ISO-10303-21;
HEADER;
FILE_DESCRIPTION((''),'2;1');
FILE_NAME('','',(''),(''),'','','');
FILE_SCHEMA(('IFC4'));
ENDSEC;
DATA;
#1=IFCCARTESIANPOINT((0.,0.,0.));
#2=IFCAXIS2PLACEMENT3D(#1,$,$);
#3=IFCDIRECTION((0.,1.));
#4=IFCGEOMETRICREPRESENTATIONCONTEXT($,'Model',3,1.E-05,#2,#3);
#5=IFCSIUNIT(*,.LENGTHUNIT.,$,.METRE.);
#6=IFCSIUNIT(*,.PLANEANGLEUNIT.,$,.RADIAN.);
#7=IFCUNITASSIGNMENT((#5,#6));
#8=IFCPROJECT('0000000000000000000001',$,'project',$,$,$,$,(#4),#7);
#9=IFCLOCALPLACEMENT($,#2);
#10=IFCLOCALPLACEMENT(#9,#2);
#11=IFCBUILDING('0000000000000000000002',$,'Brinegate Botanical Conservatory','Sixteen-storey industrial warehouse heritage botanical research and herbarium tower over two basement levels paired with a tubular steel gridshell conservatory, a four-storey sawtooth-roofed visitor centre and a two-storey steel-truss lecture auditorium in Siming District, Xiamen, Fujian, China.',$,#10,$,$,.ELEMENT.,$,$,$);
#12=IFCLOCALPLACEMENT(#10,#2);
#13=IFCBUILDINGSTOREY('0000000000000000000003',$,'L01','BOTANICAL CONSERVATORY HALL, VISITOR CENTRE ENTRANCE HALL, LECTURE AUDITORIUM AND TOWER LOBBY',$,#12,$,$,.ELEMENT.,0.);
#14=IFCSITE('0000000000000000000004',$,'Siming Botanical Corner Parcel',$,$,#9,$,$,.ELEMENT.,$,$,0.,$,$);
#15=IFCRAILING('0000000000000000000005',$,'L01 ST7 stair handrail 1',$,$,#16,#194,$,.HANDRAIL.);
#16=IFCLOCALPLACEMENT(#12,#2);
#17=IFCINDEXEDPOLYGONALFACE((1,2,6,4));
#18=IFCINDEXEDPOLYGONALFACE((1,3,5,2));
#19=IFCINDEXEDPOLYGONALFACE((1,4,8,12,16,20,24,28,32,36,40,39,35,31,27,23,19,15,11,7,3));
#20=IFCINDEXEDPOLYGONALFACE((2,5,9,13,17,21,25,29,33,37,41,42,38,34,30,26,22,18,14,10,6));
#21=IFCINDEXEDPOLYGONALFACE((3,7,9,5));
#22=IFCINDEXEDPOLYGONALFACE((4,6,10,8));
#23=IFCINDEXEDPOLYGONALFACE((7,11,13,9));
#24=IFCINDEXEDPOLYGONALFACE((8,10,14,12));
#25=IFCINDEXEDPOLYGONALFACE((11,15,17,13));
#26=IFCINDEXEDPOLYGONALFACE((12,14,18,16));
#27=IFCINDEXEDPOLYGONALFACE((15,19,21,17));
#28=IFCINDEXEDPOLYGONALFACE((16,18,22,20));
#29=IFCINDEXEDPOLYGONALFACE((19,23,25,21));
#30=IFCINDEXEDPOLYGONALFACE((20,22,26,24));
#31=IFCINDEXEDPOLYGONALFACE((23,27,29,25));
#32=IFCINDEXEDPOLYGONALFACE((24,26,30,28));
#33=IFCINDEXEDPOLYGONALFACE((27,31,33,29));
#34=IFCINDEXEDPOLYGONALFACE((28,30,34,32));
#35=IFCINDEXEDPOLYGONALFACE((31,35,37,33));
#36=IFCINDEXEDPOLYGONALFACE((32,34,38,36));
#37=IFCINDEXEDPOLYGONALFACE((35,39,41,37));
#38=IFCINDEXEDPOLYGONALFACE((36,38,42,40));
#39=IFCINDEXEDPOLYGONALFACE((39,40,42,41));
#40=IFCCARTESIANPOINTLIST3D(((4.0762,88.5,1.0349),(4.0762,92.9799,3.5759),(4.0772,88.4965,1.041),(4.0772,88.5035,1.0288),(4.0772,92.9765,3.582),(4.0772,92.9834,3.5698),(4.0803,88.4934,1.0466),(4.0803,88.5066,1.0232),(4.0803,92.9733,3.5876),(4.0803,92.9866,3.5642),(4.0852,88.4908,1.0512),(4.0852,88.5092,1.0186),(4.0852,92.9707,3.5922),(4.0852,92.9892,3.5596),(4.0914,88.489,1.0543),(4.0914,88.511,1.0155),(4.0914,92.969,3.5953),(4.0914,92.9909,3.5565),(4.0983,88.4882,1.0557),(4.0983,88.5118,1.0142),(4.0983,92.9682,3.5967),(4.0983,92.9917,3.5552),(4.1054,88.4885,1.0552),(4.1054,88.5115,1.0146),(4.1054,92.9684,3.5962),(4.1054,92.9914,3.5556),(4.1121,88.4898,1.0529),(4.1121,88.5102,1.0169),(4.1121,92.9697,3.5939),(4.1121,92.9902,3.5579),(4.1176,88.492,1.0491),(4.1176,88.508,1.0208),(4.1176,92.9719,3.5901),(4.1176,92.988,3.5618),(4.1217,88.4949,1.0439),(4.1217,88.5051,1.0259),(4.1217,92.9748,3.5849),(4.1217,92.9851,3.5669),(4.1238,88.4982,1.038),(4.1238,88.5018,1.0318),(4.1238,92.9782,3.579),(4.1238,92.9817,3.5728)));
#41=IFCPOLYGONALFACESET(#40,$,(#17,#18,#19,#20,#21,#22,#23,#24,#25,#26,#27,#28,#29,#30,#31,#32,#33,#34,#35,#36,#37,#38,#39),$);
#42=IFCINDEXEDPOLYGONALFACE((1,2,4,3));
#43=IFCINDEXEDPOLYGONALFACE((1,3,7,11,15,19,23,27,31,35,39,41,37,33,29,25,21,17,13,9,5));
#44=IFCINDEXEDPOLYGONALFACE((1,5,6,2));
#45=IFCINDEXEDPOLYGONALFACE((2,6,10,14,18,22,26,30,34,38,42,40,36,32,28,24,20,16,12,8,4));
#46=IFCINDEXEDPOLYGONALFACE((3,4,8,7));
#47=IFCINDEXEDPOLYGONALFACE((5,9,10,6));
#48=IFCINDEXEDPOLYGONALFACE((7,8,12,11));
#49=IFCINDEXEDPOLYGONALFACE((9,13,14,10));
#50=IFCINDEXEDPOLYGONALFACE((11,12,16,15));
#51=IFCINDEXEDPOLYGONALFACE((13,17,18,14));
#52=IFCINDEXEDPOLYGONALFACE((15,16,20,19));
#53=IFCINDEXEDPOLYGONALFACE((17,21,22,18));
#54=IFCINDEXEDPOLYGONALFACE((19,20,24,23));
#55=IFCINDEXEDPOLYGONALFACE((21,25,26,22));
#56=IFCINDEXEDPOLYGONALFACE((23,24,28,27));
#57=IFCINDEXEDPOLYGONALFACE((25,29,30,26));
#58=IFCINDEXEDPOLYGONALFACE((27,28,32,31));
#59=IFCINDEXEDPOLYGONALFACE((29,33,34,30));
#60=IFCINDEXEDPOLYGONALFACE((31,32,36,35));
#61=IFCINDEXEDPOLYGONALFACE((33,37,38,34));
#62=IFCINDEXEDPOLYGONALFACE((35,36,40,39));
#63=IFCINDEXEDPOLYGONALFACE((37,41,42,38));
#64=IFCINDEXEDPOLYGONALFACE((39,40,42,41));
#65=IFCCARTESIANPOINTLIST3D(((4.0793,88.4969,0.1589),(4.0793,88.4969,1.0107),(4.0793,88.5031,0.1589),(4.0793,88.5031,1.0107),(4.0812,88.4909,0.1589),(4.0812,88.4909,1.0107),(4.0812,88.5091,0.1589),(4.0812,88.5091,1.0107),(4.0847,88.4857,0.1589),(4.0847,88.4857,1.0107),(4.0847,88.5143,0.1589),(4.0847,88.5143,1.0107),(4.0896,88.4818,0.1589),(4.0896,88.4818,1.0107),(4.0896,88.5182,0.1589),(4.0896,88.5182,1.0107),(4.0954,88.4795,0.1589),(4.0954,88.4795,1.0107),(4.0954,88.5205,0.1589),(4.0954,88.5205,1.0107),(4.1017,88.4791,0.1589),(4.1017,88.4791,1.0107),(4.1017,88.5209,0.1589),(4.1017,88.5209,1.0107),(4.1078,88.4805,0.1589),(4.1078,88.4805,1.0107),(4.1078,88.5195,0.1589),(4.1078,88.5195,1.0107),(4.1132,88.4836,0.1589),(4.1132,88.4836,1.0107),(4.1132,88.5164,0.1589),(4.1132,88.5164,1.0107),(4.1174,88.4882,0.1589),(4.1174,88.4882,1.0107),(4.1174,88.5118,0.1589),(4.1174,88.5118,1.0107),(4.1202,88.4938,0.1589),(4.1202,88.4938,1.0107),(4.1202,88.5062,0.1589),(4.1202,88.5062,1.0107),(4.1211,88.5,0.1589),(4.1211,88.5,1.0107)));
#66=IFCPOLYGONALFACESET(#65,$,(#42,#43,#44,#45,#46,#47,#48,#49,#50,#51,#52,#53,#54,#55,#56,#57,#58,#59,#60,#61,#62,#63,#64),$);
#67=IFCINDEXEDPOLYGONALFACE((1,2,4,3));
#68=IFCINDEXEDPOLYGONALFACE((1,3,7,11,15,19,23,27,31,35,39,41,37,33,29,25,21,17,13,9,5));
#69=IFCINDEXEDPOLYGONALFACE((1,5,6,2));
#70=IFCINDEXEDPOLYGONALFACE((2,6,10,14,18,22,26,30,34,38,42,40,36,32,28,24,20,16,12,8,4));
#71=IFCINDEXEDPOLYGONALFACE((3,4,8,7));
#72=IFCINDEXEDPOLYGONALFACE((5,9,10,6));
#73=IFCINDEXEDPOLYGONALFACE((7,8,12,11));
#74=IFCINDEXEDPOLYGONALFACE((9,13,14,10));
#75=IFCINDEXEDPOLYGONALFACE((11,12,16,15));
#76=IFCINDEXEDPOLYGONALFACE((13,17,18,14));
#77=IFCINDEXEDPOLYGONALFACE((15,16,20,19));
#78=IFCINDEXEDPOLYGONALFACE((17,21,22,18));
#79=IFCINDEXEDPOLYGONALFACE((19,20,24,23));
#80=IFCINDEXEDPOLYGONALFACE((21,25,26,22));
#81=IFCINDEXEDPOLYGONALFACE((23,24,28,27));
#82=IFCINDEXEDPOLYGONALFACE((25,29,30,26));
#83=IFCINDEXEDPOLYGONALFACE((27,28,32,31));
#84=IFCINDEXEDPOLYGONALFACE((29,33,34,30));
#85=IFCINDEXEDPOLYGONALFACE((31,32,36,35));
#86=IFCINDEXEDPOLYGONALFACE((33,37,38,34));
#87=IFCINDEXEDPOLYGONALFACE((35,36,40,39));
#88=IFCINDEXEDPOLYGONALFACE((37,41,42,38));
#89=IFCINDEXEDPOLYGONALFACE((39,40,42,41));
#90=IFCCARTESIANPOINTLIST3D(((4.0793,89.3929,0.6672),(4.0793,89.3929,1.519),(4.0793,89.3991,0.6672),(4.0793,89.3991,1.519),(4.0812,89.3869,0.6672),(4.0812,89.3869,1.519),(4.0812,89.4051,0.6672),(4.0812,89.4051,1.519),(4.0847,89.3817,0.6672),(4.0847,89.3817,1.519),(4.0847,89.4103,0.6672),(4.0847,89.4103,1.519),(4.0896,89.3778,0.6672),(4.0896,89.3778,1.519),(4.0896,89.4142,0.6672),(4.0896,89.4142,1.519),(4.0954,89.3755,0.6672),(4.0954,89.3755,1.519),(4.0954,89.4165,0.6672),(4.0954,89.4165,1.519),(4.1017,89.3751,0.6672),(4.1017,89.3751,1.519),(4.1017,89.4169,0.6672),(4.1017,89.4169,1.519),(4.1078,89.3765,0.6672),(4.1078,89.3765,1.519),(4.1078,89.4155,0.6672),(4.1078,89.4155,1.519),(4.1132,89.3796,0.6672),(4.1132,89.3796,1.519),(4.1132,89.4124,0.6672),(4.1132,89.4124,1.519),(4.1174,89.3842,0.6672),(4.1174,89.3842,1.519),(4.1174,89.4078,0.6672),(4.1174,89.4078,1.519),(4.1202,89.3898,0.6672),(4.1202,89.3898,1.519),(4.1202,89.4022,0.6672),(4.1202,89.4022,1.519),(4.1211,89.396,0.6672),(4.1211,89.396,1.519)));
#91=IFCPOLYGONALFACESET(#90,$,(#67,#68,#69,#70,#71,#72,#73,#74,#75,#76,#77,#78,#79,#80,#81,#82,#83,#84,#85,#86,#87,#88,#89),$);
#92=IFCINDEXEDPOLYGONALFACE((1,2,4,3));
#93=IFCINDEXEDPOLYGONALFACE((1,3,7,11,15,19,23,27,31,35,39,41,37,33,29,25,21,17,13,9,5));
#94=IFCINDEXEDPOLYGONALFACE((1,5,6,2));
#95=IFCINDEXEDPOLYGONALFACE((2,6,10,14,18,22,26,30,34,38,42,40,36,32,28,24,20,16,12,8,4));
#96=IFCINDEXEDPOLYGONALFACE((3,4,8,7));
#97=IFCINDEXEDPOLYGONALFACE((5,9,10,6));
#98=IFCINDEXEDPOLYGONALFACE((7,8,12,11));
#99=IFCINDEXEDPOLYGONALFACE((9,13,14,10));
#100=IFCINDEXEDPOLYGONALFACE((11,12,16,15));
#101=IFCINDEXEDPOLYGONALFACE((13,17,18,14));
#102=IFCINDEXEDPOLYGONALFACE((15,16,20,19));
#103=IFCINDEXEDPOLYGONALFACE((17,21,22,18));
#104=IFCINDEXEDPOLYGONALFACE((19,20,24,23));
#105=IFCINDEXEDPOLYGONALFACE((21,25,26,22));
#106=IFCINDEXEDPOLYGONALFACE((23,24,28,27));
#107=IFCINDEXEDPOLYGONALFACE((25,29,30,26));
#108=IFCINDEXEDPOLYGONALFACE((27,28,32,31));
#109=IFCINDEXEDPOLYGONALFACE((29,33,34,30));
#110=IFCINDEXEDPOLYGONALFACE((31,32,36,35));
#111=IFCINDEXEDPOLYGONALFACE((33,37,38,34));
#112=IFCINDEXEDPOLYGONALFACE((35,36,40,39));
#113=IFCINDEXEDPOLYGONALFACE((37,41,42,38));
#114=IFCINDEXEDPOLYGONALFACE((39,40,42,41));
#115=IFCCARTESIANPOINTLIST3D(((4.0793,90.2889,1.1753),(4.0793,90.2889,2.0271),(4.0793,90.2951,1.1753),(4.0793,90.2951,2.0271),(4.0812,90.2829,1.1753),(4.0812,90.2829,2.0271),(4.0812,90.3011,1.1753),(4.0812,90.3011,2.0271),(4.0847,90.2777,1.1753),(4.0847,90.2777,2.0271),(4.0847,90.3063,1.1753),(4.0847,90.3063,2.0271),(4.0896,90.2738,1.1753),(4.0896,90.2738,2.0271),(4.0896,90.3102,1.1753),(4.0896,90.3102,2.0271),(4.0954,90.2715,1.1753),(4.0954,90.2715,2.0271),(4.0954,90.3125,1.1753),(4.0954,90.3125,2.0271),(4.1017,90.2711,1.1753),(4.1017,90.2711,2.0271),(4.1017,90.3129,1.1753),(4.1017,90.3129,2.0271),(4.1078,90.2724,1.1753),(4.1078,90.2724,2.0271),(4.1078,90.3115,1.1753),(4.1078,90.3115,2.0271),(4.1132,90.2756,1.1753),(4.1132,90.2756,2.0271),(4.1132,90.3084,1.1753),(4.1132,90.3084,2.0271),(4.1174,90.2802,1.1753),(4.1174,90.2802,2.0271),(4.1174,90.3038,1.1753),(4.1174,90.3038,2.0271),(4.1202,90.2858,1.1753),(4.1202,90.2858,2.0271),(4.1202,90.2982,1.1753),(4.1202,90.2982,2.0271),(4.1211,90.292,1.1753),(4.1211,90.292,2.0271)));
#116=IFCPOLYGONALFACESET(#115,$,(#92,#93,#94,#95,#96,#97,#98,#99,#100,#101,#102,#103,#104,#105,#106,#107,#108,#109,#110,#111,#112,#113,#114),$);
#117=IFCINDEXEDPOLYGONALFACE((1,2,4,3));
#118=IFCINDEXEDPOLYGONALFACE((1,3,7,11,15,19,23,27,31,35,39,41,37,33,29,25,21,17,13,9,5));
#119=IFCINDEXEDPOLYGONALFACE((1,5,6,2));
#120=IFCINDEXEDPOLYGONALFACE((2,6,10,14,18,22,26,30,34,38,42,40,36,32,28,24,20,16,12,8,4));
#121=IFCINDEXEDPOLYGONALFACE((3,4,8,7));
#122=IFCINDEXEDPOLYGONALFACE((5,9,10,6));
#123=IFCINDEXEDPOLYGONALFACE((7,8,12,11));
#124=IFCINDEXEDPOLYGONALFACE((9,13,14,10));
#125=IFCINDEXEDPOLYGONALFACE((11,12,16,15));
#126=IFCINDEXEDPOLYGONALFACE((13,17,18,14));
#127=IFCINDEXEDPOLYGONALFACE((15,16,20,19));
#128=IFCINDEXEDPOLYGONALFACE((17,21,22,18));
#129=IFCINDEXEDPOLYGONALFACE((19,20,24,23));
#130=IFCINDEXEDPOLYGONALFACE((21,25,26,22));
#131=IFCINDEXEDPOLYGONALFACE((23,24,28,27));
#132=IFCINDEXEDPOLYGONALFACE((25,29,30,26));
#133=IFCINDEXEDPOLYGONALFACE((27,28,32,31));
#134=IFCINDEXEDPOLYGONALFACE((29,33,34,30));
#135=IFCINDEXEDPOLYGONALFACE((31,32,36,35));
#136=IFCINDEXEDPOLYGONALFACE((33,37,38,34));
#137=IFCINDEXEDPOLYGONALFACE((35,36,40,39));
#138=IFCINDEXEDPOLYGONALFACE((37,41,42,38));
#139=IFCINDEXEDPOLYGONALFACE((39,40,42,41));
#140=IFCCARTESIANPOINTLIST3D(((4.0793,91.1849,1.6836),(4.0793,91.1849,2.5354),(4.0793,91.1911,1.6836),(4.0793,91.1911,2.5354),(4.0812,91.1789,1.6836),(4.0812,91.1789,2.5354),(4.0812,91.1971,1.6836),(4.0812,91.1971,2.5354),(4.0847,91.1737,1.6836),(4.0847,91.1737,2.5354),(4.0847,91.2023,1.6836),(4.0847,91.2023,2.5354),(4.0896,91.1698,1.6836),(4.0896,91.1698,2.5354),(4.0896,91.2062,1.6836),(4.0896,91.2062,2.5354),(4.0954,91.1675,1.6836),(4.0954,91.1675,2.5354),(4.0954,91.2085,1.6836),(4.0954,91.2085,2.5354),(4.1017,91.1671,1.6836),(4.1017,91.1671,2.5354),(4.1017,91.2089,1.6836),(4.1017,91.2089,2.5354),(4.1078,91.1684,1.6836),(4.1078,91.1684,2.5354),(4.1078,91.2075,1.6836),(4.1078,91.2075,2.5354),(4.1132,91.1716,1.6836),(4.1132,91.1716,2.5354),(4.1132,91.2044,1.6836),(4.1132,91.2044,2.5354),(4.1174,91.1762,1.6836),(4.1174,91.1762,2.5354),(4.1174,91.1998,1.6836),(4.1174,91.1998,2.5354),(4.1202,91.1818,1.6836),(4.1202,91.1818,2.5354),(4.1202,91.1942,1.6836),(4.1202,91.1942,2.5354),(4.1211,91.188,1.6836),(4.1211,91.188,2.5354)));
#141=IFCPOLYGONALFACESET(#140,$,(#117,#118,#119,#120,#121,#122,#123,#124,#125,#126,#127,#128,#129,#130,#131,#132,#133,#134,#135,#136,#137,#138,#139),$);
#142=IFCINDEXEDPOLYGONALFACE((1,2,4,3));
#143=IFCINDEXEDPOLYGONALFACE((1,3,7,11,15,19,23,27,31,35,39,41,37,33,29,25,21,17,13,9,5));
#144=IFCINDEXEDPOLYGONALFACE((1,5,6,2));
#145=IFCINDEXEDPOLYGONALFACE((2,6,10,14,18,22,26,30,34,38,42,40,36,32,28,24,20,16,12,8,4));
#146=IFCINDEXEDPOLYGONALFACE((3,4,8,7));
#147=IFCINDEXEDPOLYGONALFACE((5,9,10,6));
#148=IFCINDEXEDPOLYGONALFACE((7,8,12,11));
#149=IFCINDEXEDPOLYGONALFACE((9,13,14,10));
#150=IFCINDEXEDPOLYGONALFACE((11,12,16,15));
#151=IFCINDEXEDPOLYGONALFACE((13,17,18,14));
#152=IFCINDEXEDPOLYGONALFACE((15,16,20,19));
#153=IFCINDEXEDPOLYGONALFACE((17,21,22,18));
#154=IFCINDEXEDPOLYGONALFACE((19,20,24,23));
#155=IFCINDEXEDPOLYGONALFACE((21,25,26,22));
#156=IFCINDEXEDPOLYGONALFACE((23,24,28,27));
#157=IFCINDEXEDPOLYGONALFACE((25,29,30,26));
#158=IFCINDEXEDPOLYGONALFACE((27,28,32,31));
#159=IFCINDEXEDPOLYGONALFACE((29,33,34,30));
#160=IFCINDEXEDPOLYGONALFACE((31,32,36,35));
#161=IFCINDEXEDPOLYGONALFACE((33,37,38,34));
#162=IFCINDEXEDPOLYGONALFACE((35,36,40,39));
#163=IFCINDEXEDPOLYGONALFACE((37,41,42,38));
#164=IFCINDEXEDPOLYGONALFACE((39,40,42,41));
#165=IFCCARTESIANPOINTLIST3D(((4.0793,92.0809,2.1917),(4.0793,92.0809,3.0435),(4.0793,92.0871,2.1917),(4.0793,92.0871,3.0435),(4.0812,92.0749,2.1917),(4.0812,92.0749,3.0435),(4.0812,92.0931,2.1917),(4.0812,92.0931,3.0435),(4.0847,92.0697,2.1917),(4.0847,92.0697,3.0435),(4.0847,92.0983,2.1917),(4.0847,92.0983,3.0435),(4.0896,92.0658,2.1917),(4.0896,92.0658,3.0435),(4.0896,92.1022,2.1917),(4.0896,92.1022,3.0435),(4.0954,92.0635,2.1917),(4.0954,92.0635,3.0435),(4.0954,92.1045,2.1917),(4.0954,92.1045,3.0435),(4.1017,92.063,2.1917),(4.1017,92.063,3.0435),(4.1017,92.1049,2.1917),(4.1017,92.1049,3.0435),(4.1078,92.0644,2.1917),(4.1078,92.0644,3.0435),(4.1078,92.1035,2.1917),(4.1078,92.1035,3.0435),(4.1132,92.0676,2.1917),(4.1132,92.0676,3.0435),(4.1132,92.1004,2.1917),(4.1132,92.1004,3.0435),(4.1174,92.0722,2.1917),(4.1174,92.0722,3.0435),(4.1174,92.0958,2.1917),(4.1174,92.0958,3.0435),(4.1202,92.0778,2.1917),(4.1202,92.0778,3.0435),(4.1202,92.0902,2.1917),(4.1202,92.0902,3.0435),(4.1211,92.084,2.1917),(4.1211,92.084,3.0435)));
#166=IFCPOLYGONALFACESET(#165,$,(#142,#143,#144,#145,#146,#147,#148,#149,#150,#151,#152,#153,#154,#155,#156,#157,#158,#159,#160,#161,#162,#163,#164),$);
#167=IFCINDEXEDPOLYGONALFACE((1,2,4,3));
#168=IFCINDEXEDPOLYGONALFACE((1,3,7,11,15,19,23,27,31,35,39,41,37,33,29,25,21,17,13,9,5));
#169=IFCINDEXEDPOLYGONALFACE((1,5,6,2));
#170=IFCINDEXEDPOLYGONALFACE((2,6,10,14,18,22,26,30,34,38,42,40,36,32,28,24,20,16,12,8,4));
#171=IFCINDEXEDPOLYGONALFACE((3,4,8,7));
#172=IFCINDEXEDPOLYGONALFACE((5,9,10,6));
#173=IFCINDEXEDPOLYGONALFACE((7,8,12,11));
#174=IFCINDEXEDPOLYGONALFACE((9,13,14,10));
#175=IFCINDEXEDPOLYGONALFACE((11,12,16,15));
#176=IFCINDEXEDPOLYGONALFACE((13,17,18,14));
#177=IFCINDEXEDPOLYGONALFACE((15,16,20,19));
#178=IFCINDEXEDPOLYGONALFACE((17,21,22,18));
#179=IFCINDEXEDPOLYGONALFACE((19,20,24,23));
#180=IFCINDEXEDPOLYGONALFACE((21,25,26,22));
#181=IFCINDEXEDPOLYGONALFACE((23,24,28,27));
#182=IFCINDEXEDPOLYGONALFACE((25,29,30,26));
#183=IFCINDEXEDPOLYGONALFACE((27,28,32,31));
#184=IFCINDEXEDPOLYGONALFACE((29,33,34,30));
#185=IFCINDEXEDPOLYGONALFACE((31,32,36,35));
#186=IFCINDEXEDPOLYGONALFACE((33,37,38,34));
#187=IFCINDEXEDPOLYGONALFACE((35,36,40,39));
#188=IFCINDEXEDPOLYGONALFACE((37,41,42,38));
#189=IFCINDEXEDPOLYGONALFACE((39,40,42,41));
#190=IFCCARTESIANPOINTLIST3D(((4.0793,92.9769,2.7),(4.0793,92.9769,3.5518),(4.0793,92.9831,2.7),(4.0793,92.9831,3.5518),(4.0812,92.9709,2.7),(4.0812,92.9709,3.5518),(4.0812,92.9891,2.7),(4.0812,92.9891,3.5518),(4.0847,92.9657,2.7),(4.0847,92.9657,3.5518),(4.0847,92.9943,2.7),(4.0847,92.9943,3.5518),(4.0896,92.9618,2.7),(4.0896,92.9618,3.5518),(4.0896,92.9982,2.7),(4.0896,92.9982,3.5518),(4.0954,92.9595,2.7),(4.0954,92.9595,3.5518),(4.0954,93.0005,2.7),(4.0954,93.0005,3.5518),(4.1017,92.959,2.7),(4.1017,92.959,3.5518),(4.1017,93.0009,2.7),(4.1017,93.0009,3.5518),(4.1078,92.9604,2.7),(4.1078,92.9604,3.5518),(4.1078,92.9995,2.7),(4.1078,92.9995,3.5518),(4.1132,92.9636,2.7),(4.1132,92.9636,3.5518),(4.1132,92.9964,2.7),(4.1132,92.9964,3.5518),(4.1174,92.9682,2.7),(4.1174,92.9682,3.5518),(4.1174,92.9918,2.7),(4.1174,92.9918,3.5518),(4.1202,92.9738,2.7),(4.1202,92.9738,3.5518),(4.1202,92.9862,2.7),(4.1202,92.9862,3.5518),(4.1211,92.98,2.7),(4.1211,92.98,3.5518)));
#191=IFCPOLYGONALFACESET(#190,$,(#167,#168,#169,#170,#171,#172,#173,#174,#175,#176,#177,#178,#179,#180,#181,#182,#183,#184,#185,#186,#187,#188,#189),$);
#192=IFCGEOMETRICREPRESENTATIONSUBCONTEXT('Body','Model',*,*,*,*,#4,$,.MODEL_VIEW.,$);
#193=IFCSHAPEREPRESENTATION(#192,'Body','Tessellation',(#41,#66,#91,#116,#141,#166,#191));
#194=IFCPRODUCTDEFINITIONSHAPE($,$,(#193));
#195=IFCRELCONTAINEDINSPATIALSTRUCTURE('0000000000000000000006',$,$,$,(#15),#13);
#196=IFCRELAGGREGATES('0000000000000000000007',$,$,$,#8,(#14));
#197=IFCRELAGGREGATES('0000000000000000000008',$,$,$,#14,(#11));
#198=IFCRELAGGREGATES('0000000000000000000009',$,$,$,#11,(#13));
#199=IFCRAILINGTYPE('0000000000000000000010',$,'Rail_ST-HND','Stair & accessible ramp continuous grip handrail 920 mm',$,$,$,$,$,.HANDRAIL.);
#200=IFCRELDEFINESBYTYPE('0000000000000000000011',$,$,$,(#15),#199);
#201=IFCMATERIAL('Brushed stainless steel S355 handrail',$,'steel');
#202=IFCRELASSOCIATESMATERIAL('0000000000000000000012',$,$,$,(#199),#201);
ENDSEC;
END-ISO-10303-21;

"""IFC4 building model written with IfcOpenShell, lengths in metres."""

from ifc_helpers import new_model, si_unit, direction, frame, origin, origin_2d, place, context, subcontext, project, spatial, circle, extrude, material, type_object, element, save


model = new_model("IFC4")

# Units and contexts
model_context = context("Model", 3, precision=1e-05, world=origin(), true_north=direction((0.0, 1.0)))
body_context = subcontext(model_context, "Body", "Model", "MODEL_VIEW")
ifc_project = project(units=[si_unit("LENGTHUNIT", "METRE"), si_unit("PLANEANGLEUNIT", "RADIAN")], contexts=[model_context])

# Site, building, storey
site_placement = place(None, origin())
site = spatial("IfcSite", under=ifc_project, at=site_placement, Name="Siming Botanical Corner Parcel", CompositionType="ELEMENT", RefElevation=0.0)
building_placement = place(site_placement, origin())
building = spatial("IfcBuilding", under=site, at=building_placement, Name="Brinegate Botanical Conservatory", Description="Sixteen-storey industrial warehouse heritage botanical research and herbarium tower over two basement levels paired with a tubular steel gridshell conservatory, a four-storey sawtooth-roofed visitor centre and a two-storey steel-truss lecture auditorium in Siming District, Xiamen, Fujian, China.", CompositionType="ELEMENT")
storey_placement = place(building_placement, origin())
storey = spatial("IfcBuildingStorey", under=building, at=storey_placement, Name="L01", Description="BOTANICAL CONSERVATORY HALL, VISITOR CENTRE ENTRANCE HALL, LECTURE AUDITORIUM AND TOWER LOBBY", CompositionType="ELEMENT", Elevation=0.0)

# Railing
ifc_material_1 = material(Name="Brushed stainless steel S355 handrail", Category="steel")
railing_type_1 = type_object("IfcRailingType", Name="Rail_ST-HND", Description="Stair & accessible ramp continuous grip handrail 920 mm", PredefinedType="HANDRAIL", material=ifc_material_1)
railing_1_placement = place(storey_placement, frame((4.1001, 88.5, 0.1589)))
element("IfcRailing", 1, at=railing_1_placement, inside=storey, type_object=railing_type_1, Name="L01 ST7 stair handrail 1", PredefinedType="HANDRAIL", context=body_context, shape_type="SweptSolid", body=[
    extrude(circle(Radius=0.0239, at=origin_2d()), frame((0.0, 0.0, 0.876), z_axis=(0.0, 0.869826, 0.493359), x_axis=(-1.0, 0.0, 0.0)), (0.0, 0.0, 1.0), 5.1504),
    extrude(circle(Radius=0.021, at=origin_2d()), origin(), (0.0, 0.0, 1.0), 0.8518),
    extrude(circle(Radius=0.021, at=origin_2d()), frame((0.0, 0.896, 0.5083)), (0.0, 0.0, 1.0), 0.8518),
    extrude(circle(Radius=0.021, at=origin_2d()), frame((0.0, 1.792, 1.0164)), (0.0, 0.0, 1.0), 0.8518),
    extrude(circle(Radius=0.021, at=origin_2d()), frame((0.0, 2.688, 1.5247)), (0.0, 0.0, 1.0), 0.8518),
    extrude(circle(Radius=0.021, at=origin_2d()), frame((0.0, 3.584, 2.0327)), (0.0, 0.0, 1.0), 0.8518),
    extrude(circle(Radius=0.021, at=origin_2d()), frame((0.0, 4.48, 2.541)), (0.0, 0.0, 1.0), 0.8518),
])

save(model, "model.ifc")
